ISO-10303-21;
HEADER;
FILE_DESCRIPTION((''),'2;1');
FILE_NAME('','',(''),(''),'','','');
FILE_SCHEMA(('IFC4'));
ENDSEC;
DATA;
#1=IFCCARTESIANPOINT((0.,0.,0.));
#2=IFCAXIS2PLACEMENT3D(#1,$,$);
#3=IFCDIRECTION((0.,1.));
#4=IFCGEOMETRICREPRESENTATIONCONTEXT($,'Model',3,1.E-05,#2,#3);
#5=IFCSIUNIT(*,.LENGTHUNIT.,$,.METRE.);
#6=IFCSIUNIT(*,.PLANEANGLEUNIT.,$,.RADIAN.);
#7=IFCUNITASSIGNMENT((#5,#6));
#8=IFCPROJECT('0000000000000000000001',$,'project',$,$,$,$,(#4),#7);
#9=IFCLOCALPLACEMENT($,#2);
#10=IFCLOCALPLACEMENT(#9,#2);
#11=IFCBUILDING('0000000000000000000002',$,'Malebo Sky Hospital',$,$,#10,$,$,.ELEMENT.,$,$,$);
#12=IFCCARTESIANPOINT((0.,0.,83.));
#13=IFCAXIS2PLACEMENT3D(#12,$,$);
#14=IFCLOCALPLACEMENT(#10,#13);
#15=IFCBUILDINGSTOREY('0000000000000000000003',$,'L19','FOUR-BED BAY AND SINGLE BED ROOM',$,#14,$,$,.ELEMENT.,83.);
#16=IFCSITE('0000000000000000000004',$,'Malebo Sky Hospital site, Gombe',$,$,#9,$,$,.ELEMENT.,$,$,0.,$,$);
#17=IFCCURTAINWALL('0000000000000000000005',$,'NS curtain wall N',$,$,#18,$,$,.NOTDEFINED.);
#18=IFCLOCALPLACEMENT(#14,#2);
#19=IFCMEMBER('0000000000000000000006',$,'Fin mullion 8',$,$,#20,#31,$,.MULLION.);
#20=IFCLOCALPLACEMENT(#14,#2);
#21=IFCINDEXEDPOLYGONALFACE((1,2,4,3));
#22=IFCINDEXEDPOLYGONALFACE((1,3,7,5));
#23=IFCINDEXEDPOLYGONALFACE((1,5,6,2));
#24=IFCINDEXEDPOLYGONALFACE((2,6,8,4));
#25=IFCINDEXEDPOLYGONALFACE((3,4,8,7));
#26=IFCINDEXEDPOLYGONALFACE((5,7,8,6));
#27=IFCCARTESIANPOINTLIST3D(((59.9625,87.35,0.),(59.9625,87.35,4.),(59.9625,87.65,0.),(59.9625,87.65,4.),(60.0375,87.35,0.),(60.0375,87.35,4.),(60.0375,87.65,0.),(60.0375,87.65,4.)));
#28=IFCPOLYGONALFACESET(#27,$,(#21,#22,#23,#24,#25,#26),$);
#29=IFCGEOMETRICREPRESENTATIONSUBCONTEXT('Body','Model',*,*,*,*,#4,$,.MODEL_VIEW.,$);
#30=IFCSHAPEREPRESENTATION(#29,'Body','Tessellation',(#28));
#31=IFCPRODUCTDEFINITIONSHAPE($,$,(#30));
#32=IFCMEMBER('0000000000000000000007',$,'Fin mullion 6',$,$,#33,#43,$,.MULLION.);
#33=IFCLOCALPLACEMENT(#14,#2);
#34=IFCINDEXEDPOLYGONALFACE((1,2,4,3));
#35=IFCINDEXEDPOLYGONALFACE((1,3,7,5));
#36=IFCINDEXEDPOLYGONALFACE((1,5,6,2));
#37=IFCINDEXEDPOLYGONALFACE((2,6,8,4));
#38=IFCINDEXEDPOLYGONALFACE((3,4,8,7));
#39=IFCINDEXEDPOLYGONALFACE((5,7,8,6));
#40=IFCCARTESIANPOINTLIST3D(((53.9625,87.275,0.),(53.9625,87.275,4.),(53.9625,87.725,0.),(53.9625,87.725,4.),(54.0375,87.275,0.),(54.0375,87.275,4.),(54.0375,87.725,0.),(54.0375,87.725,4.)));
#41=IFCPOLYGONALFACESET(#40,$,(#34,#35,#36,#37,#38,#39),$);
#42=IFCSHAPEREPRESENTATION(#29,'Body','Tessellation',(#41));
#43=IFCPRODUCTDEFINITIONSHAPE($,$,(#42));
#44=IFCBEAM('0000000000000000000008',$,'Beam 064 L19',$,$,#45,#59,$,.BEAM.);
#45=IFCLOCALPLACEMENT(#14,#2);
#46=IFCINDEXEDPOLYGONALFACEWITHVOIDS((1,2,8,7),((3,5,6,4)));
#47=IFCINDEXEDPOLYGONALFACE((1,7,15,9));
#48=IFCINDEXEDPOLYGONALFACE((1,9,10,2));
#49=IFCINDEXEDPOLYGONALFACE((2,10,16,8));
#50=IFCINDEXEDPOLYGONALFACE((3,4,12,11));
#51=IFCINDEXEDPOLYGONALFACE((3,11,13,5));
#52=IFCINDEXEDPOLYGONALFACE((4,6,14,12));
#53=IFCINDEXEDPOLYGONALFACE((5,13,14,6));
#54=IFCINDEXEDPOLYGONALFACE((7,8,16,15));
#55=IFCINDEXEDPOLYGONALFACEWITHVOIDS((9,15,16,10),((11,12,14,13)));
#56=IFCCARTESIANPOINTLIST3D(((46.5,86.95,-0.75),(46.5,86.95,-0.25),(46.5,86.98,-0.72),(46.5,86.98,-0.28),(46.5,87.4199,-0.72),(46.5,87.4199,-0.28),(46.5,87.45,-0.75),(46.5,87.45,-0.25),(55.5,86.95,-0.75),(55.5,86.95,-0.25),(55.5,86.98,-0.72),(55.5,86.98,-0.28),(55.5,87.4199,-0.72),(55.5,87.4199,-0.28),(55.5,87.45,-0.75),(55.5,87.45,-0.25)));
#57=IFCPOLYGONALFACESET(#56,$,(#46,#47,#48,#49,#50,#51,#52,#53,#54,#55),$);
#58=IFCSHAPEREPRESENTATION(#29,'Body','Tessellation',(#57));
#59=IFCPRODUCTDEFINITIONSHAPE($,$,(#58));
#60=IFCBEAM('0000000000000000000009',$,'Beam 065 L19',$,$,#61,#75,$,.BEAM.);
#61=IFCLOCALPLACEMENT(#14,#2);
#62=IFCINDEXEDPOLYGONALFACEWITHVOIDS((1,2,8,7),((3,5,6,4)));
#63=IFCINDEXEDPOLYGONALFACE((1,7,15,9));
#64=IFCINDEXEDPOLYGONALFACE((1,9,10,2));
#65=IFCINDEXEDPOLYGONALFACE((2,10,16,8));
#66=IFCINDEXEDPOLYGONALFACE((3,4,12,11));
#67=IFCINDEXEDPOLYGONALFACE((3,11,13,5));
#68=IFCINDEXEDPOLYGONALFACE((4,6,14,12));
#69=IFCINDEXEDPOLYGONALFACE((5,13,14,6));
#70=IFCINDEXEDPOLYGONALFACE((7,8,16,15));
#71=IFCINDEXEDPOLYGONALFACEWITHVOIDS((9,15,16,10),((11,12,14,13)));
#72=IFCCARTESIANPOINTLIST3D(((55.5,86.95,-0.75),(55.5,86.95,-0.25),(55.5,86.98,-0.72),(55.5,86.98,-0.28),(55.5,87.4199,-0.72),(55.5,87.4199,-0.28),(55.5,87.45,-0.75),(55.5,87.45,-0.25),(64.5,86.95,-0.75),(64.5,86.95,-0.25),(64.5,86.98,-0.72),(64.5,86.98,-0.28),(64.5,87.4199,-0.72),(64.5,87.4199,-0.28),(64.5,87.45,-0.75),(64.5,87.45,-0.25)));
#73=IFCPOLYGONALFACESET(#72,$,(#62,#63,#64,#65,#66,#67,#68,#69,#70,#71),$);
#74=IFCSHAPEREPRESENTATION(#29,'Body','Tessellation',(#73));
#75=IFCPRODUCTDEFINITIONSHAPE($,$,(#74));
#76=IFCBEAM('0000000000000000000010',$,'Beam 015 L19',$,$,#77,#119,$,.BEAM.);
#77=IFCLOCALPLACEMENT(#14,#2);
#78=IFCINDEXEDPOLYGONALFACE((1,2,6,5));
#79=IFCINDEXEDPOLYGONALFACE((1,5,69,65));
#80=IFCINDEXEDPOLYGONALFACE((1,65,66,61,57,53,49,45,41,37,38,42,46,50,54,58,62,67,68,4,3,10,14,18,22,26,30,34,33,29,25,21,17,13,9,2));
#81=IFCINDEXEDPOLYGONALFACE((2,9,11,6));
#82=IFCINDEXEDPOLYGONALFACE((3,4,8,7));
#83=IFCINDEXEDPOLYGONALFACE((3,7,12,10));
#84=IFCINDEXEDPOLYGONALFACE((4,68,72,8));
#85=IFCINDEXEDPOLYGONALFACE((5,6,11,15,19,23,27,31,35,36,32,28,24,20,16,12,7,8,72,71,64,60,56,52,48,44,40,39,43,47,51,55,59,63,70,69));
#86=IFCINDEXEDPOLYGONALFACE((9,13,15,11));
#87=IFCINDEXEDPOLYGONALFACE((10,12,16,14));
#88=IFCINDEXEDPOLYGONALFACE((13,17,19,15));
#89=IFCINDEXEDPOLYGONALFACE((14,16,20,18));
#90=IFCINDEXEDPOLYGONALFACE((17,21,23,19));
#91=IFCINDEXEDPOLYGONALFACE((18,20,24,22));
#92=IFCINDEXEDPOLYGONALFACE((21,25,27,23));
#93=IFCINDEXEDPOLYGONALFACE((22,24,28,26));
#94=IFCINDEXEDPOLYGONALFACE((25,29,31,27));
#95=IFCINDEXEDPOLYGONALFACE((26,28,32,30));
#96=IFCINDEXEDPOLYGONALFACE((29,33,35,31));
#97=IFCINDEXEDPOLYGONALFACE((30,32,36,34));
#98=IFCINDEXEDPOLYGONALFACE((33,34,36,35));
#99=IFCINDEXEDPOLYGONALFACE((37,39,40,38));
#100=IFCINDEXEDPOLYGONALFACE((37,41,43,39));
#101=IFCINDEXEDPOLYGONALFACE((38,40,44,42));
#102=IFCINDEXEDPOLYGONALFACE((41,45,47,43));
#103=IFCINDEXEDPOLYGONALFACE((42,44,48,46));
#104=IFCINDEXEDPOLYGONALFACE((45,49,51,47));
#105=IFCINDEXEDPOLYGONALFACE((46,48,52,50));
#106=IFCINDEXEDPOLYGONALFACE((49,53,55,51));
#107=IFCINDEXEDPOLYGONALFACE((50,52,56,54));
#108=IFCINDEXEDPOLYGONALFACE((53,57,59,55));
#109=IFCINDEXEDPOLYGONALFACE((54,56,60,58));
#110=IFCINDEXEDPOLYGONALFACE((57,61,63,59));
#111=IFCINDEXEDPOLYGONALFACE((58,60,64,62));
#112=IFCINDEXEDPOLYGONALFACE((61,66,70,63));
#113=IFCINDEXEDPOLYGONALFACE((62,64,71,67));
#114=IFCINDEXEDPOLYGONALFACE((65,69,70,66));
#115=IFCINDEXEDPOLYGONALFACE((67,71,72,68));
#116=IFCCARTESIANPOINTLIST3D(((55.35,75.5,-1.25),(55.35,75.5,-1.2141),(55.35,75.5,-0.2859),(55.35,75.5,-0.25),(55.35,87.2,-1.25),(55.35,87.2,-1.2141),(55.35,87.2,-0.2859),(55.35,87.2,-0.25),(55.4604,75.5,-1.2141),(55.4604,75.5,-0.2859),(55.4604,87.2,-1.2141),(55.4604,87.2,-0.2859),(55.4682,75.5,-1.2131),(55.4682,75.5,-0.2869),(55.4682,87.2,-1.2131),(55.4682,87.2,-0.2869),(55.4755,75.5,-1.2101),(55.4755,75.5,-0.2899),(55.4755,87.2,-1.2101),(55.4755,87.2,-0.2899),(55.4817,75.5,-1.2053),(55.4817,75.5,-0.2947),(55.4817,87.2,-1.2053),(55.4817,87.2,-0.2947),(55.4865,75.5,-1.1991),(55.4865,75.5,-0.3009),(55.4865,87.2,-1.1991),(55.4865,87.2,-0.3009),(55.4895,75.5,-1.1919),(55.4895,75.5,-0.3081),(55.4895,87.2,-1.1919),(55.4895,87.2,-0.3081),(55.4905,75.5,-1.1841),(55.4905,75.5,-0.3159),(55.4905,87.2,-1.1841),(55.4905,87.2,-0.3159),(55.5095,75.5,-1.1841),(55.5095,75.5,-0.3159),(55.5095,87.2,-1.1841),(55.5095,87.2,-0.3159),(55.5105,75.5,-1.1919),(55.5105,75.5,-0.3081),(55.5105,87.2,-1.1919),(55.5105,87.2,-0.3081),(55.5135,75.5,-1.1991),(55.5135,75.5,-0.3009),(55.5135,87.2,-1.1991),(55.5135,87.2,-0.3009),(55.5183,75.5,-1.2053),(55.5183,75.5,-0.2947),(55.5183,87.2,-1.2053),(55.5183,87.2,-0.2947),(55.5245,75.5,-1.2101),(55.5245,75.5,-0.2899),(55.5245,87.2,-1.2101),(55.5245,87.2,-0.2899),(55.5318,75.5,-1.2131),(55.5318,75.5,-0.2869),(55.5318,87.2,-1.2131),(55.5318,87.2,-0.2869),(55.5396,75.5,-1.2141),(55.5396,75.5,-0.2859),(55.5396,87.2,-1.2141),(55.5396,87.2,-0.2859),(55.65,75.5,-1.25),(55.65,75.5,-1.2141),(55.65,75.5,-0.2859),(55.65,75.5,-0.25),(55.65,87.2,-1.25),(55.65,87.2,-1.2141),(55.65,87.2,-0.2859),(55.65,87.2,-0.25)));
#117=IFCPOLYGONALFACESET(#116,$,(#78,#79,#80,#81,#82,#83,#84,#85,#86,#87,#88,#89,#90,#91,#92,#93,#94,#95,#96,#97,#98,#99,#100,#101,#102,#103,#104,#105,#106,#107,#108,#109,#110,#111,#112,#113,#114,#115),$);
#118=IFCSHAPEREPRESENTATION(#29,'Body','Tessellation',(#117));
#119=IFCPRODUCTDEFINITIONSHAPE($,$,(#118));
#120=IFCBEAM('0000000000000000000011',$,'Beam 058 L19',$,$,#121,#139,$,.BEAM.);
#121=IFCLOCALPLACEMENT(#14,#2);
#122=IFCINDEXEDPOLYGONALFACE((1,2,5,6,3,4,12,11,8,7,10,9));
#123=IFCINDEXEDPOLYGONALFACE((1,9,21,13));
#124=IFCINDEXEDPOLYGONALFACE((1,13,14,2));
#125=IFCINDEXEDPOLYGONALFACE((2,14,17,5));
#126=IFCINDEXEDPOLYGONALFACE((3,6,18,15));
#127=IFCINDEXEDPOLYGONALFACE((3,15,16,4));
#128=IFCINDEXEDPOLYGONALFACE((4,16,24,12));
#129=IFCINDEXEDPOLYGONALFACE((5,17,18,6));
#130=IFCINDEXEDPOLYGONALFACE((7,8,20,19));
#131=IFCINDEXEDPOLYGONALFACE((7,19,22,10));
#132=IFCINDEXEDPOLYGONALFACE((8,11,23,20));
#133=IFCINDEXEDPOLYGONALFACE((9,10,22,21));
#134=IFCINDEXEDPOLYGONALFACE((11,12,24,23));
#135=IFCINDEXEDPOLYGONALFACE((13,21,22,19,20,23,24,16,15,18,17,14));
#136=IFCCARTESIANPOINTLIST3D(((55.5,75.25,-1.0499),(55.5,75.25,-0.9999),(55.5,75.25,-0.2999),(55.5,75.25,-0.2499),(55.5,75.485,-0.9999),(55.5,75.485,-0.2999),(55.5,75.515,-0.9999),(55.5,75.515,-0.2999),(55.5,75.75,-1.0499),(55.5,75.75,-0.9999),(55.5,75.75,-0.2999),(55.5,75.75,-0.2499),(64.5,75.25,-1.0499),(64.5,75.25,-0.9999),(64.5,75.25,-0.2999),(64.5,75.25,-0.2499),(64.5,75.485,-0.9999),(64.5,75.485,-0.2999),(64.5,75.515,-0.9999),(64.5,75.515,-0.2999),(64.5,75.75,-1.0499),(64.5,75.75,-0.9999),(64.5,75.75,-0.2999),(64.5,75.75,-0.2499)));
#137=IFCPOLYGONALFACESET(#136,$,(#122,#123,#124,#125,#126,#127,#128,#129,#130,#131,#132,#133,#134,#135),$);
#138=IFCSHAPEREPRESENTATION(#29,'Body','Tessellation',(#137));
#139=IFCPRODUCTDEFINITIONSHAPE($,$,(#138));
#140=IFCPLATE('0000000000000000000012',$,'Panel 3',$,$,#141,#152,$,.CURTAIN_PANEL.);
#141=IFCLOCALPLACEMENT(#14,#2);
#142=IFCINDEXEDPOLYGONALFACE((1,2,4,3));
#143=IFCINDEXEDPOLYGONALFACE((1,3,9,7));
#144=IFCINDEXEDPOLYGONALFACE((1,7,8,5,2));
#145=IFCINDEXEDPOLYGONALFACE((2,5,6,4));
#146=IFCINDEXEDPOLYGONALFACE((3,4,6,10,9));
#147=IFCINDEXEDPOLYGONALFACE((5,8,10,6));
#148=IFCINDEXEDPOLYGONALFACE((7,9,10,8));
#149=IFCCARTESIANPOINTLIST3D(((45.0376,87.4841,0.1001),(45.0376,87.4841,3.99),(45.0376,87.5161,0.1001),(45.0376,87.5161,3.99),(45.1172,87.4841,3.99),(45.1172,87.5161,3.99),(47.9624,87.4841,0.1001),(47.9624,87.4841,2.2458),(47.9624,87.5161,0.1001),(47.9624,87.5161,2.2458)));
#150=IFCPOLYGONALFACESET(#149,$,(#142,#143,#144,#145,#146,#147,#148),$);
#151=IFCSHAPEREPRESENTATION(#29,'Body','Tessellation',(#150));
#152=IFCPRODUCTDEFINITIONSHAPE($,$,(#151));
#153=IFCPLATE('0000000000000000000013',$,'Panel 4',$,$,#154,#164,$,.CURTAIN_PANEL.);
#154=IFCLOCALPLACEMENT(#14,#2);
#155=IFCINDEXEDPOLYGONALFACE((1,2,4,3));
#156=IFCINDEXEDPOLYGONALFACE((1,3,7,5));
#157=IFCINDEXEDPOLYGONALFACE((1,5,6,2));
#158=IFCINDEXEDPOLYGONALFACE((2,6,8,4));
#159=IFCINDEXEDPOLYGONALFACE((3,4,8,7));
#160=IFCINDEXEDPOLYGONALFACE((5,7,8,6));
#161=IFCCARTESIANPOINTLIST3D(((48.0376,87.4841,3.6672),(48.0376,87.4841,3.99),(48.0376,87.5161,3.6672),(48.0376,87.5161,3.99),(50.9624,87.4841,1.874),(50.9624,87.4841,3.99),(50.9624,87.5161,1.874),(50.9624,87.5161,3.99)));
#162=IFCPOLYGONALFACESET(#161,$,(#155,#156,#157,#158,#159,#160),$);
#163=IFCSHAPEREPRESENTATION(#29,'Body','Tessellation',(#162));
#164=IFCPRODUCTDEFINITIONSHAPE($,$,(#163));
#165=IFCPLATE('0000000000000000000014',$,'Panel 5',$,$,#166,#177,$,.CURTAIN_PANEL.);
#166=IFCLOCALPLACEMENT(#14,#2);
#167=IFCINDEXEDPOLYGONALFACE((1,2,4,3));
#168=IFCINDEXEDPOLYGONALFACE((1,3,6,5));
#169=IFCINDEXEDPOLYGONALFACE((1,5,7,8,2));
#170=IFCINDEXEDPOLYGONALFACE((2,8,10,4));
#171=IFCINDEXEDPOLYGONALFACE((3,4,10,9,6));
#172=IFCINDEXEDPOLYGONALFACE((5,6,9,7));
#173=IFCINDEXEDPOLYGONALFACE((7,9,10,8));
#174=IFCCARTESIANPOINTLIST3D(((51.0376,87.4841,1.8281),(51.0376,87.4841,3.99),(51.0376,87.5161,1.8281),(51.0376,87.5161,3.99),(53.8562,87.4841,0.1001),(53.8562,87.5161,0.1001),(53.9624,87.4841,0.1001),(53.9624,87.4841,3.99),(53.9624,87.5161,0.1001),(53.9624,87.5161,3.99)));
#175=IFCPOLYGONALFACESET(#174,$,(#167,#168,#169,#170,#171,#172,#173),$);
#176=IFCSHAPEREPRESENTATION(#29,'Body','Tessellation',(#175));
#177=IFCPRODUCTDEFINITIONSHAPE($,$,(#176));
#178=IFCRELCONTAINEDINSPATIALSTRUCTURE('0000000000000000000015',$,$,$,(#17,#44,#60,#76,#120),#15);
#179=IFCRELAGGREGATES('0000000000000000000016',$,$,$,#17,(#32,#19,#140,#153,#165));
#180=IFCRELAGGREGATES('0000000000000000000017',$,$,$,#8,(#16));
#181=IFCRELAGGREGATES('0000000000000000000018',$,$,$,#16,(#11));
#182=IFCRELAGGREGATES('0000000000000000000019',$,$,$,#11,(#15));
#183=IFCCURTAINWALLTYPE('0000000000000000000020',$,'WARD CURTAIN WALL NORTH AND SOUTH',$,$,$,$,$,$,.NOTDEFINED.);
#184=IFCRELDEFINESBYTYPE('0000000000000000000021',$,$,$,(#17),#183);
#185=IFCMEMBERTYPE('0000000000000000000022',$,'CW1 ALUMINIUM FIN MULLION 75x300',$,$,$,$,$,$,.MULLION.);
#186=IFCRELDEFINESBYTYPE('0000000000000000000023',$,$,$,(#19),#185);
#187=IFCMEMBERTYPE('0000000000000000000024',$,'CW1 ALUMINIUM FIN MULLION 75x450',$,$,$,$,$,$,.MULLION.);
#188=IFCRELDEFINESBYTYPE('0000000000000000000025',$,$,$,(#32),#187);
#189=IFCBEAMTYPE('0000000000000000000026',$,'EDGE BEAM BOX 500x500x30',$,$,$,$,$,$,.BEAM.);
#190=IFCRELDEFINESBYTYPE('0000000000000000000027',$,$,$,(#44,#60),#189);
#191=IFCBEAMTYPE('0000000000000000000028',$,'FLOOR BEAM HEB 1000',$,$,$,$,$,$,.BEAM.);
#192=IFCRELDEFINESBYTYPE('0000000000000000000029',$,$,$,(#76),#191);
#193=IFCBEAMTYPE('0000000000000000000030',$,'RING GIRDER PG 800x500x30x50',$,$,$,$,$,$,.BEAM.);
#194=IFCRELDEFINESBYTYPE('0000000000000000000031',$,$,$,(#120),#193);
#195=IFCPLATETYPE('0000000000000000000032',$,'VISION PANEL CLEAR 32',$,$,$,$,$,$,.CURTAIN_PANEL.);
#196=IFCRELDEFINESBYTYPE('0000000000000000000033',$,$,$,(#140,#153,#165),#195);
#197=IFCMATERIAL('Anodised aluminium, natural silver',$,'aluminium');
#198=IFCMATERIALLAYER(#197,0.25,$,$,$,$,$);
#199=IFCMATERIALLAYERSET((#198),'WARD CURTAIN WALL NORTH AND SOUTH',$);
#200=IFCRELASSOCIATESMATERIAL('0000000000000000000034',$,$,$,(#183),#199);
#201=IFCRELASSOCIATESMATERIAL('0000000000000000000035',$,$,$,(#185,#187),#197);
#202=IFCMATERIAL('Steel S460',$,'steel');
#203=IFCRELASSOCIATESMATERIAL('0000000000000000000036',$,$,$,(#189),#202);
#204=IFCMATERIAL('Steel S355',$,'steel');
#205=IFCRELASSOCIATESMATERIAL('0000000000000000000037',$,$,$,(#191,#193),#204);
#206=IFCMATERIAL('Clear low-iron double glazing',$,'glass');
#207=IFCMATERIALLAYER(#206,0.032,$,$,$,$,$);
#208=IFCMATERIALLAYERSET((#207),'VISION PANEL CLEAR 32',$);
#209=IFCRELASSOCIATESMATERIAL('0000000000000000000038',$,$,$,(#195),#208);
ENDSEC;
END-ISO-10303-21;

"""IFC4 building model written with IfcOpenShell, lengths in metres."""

from ifc_helpers import new_model, si_unit, direction, frame, origin, origin_2d, place, context, subcontext, project, spatial, polyline, rectangle, hollow_rectangle, i_section, outline, extrude, material, layer, layer_set, material_profile, profile_set, type_object, element, aggregate, save


model = new_model("IFC4")

# Units and contexts
model_context = context("Model", 3, precision=1e-05, world=origin(), true_north=direction((0.0, 1.0)))
body_context = subcontext(model_context, "Body", "Model", "MODEL_VIEW")
ifc_project = project(units=[si_unit("LENGTHUNIT", "METRE"), si_unit("PLANEANGLEUNIT", "RADIAN")], contexts=[model_context])

# Site, building, storey
site_placement = place(None, origin())
site = spatial("IfcSite", under=ifc_project, at=site_placement, Name="Malebo Sky Hospital site, Gombe", CompositionType="ELEMENT", RefElevation=0.0)
building_placement = place(site_placement, origin())
building = spatial("IfcBuilding", under=site, at=building_placement, Name="Malebo Sky Hospital", CompositionType="ELEMENT")
storey_placement = place(building_placement, frame((0.0, 0.0, 83.0)))
storey = spatial("IfcBuildingStorey", under=building, at=storey_placement, Name="L19", Description="FOUR-BED BAY AND SINGLE BED ROOM", CompositionType="ELEMENT", Elevation=83.0)

# Shared definitions
ifc_material_1 = material(Name="Steel S460", Category="steel")

# Curtain wall
ifc_material_2 = material(Name="Anodised aluminium, natural silver", Category="aluminium")
ifc_layer_1 = layer(ifc_material_2, 0.25)
ifc_layer_set_1 = layer_set([ifc_layer_1], Name="WARD CURTAIN WALL NORTH AND SOUTH")
curtain_wall_type = type_object("IfcCurtainWallType", Name="WARD CURTAIN WALL NORTH AND SOUTH", PredefinedType="NOTDEFINED", material=ifc_layer_set_1)
curtain_wall_placement = place(storey_placement, origin())
curtain_wall = element("IfcCurtainWall", 1, at=curtain_wall_placement, inside=storey, type_object=curtain_wall_type, Name="NS curtain wall N", PredefinedType="NOTDEFINED")

# Members
ifc_material_3 = material(Name="Steel S355", Category="steel")
ifc_material_profile_1 = material_profile(ifc_material_2, rectangle(XDim=0.075, YDim=0.3, at=origin_2d()), Name="CW1 ALUMINIUM FIN MULLION 75x300")
ifc_profile_set_1 = profile_set([ifc_material_profile_1], Name="Anodised aluminium, natural silver")
member_type_1 = type_object("IfcMemberType", Name="CW1 ALUMINIUM FIN MULLION 75x300", PredefinedType="MULLION", material=ifc_profile_set_1)
member_1_placement = place(storey_placement, frame((60.0, 87.5, 0.0), z_axis=(0.0, 0.0, 1.0), x_axis=(1.0, 0.0, 0.0)))
member_1 = element("IfcMember", 2, at=member_1_placement, type_object=member_type_1, Name="Fin mullion 8", PredefinedType="MULLION", context=body_context, shape_type="SweptSolid", body=[
    extrude(rectangle(XDim=0.075, YDim=0.3, at=origin_2d()), origin(), (0.0, 0.0, 1.0), 4.0),
])
ifc_material_profile_2 = material_profile(ifc_material_2, rectangle(XDim=0.075, YDim=0.45, at=origin_2d()), Name="CW1 ALUMINIUM FIN MULLION 75x450")
ifc_profile_set_2 = profile_set([ifc_material_profile_2], Name="Anodised aluminium, natural silver")
member_type_2 = type_object("IfcMemberType", Name="CW1 ALUMINIUM FIN MULLION 75x450", PredefinedType="MULLION", material=ifc_profile_set_2)
member_2_placement = place(storey_placement, frame((54.0, 87.5, 0.0), z_axis=(0.0, 0.0, 1.0), x_axis=(1.0, 0.0, 0.0)))
member_2 = element("IfcMember", 3, at=member_2_placement, type_object=member_type_2, Name="Fin mullion 6", PredefinedType="MULLION", context=body_context, shape_type="SweptSolid", body=[
    extrude(rectangle(XDim=0.075, YDim=0.45, at=origin_2d()), origin(), (0.0, 0.0, 1.0), 4.0),
])

# Beams
ifc_material_profile_3 = material_profile(ifc_material_1, hollow_rectangle(XDim=0.5, YDim=0.5, WallThickness=0.03, at=origin_2d()), Name="BOX 500x500x30")
ifc_profile_set_3 = profile_set([ifc_material_profile_3], Name="Steel S460")
beam_type_1 = type_object("IfcBeamType", Name="EDGE BEAM BOX 500x500x30", PredefinedType="BEAM", material=ifc_profile_set_3)
for number, where, z_axis, x_axis, name in (
    (4, (46.5, 87.2, -0.5), (1.0, 0.0, 0.0), (0.0, 1.0, 0.0), "Beam 064 L19"),
    (5, (55.5, 87.2, -0.5), (1.0, 0.0, 0.0), (0.0, 1.0, 0.0), "Beam 065 L19"),
):
    element("IfcBeam", number, at=place(storey_placement, frame(where, z_axis=z_axis, x_axis=x_axis)), inside=storey, type_object=beam_type_1, Name=name, PredefinedType="BEAM", context=body_context, shape_type="SweptSolid", body=[
        extrude(hollow_rectangle(XDim=0.5, YDim=0.5, WallThickness=0.03, at=origin_2d()), origin(), (0.0, 0.0, 1.0), 9.0),
    ])
ifc_material_profile_4 = material_profile(ifc_material_3, i_section(OverallWidth=0.3, OverallDepth=1.0, WebThickness=0.019, FlangeThickness=0.0359, FilletRadius=0.03, at=origin_2d()), Name="HEB 1000")
ifc_profile_set_4 = profile_set([ifc_material_profile_4], Name="Steel S355")
beam_type_2 = type_object("IfcBeamType", Name="FLOOR BEAM HEB 1000", PredefinedType="BEAM", material=ifc_profile_set_4)
beam_1_placement = place(storey_placement, frame((55.5, 75.5, -0.75), z_axis=(0.0, 1.0, 0.0), x_axis=(-1.0, 0.0, 0.0)))
element("IfcBeam", 6, at=beam_1_placement, inside=storey, type_object=beam_type_2, Name="Beam 015 L19", PredefinedType="BEAM", context=body_context, shape_type="SweptSolid", body=[
    extrude(i_section(OverallWidth=0.3, OverallDepth=1.0, WebThickness=0.019, FlangeThickness=0.0359, FilletRadius=0.03, at=origin_2d()), origin(), (0.0, 0.0, 1.0), 11.7),
])
ifc_material_profile_5 = material_profile(ifc_material_3, i_section(OverallWidth=0.5, OverallDepth=0.8, WebThickness=0.03, FlangeThickness=0.05, at=origin_2d()), Name="PG 800x500x30x50")
ifc_profile_set_5 = profile_set([ifc_material_profile_5], Name="Steel S355")
beam_type_3 = type_object("IfcBeamType", Name="RING GIRDER PG 800x500x30x50", PredefinedType="BEAM", material=ifc_profile_set_5)
beam_2_placement = place(storey_placement, frame((55.5, 75.5, -0.6499), z_axis=(1.0, 0.0, 0.0), x_axis=(0.0, 1.0, 0.0)))
element("IfcBeam", 7, at=beam_2_placement, inside=storey, type_object=beam_type_3, Name="Beam 058 L19", PredefinedType="BEAM", context=body_context, shape_type="SweptSolid", body=[
    extrude(i_section(OverallWidth=0.5, OverallDepth=0.8, WebThickness=0.03, FlangeThickness=0.05, at=origin_2d()), origin(), (0.0, 0.0, 1.0), 9.0),
])

# Plates
ifc_material_4 = material(Name="Clear low-iron double glazing", Category="glass")
ifc_layer_2 = layer(ifc_material_4, 0.032)
ifc_layer_set_2 = layer_set([ifc_layer_2], Name="VISION PANEL CLEAR 32")
plate_type = type_object("IfcPlateType", Name="VISION PANEL CLEAR 32", PredefinedType="CURTAIN_PANEL", material=ifc_layer_set_2)
plate_1_placement = place(storey_placement, frame((46.5, 87.5, 0.1001), z_axis=(0.0, 0.0, 1.0), x_axis=(1.0, 0.0, 0.0)))
plate_1 = element("IfcPlate", 8, at=plate_1_placement, type_object=plate_type, Name="Panel 3", PredefinedType="CURTAIN_PANEL", context=body_context, shape_type="SweptSolid", body=[
    extrude(outline(polyline([(-1.4624, 0.0), (1.4624, 0.0), (1.4624, 2.1458), (-1.3828, 3.8899), (-1.4624, 3.8899), (-1.4624, 0.0)])), frame((0.0, 0.0161, 0.0), z_axis=(0.0, -1.0, 0.0), x_axis=(1.0, 0.0, 0.0)), (0.0, 0.0, 1.0), 0.032),
])
plate_2_placement = place(storey_placement, frame((49.5, 87.5, 1.874), z_axis=(0.0, 0.0, 1.0), x_axis=(1.0, 0.0, 0.0)))
plate_2 = element("IfcPlate", 9, at=plate_2_placement, type_object=plate_type, Name="Panel 4", PredefinedType="CURTAIN_PANEL", context=body_context, shape_type="SweptSolid", body=[
    extrude(outline(polyline([(1.4624, 0.0), (1.4624, 2.116), (-1.4624, 2.116), (-1.4624, 1.7932), (1.4624, 0.0)])), frame((0.0, 0.0161, 0.0), z_axis=(0.0, -1.0, 0.0), x_axis=(1.0, 0.0, 0.0)), (0.0, 0.0, 1.0), 0.032),
])
plate_3_placement = place(storey_placement, frame((52.5, 87.5, 0.1001), z_axis=(0.0, 0.0, 1.0), x_axis=(1.0, 0.0, 0.0)))
plate_3 = element("IfcPlate", 10, at=plate_3_placement, type_object=plate_type, Name="Panel 5", PredefinedType="CURTAIN_PANEL", context=body_context, shape_type="SweptSolid", body=[
    extrude(outline(polyline([(1.3562, 0.0), (1.4624, 0.0), (1.4624, 3.8899), (-1.4624, 3.8899), (-1.4624, 1.728), (1.3562, 0.0)])), frame((0.0, 0.0161, 0.0), z_axis=(0.0, -1.0, 0.0), x_axis=(1.0, 0.0, 0.0)), (0.0, 0.0, 1.0), 0.032),
])
aggregate(curtain_wall, [member_2, member_1, plate_1, plate_2, plate_3])

save(model, "model.ifc")
